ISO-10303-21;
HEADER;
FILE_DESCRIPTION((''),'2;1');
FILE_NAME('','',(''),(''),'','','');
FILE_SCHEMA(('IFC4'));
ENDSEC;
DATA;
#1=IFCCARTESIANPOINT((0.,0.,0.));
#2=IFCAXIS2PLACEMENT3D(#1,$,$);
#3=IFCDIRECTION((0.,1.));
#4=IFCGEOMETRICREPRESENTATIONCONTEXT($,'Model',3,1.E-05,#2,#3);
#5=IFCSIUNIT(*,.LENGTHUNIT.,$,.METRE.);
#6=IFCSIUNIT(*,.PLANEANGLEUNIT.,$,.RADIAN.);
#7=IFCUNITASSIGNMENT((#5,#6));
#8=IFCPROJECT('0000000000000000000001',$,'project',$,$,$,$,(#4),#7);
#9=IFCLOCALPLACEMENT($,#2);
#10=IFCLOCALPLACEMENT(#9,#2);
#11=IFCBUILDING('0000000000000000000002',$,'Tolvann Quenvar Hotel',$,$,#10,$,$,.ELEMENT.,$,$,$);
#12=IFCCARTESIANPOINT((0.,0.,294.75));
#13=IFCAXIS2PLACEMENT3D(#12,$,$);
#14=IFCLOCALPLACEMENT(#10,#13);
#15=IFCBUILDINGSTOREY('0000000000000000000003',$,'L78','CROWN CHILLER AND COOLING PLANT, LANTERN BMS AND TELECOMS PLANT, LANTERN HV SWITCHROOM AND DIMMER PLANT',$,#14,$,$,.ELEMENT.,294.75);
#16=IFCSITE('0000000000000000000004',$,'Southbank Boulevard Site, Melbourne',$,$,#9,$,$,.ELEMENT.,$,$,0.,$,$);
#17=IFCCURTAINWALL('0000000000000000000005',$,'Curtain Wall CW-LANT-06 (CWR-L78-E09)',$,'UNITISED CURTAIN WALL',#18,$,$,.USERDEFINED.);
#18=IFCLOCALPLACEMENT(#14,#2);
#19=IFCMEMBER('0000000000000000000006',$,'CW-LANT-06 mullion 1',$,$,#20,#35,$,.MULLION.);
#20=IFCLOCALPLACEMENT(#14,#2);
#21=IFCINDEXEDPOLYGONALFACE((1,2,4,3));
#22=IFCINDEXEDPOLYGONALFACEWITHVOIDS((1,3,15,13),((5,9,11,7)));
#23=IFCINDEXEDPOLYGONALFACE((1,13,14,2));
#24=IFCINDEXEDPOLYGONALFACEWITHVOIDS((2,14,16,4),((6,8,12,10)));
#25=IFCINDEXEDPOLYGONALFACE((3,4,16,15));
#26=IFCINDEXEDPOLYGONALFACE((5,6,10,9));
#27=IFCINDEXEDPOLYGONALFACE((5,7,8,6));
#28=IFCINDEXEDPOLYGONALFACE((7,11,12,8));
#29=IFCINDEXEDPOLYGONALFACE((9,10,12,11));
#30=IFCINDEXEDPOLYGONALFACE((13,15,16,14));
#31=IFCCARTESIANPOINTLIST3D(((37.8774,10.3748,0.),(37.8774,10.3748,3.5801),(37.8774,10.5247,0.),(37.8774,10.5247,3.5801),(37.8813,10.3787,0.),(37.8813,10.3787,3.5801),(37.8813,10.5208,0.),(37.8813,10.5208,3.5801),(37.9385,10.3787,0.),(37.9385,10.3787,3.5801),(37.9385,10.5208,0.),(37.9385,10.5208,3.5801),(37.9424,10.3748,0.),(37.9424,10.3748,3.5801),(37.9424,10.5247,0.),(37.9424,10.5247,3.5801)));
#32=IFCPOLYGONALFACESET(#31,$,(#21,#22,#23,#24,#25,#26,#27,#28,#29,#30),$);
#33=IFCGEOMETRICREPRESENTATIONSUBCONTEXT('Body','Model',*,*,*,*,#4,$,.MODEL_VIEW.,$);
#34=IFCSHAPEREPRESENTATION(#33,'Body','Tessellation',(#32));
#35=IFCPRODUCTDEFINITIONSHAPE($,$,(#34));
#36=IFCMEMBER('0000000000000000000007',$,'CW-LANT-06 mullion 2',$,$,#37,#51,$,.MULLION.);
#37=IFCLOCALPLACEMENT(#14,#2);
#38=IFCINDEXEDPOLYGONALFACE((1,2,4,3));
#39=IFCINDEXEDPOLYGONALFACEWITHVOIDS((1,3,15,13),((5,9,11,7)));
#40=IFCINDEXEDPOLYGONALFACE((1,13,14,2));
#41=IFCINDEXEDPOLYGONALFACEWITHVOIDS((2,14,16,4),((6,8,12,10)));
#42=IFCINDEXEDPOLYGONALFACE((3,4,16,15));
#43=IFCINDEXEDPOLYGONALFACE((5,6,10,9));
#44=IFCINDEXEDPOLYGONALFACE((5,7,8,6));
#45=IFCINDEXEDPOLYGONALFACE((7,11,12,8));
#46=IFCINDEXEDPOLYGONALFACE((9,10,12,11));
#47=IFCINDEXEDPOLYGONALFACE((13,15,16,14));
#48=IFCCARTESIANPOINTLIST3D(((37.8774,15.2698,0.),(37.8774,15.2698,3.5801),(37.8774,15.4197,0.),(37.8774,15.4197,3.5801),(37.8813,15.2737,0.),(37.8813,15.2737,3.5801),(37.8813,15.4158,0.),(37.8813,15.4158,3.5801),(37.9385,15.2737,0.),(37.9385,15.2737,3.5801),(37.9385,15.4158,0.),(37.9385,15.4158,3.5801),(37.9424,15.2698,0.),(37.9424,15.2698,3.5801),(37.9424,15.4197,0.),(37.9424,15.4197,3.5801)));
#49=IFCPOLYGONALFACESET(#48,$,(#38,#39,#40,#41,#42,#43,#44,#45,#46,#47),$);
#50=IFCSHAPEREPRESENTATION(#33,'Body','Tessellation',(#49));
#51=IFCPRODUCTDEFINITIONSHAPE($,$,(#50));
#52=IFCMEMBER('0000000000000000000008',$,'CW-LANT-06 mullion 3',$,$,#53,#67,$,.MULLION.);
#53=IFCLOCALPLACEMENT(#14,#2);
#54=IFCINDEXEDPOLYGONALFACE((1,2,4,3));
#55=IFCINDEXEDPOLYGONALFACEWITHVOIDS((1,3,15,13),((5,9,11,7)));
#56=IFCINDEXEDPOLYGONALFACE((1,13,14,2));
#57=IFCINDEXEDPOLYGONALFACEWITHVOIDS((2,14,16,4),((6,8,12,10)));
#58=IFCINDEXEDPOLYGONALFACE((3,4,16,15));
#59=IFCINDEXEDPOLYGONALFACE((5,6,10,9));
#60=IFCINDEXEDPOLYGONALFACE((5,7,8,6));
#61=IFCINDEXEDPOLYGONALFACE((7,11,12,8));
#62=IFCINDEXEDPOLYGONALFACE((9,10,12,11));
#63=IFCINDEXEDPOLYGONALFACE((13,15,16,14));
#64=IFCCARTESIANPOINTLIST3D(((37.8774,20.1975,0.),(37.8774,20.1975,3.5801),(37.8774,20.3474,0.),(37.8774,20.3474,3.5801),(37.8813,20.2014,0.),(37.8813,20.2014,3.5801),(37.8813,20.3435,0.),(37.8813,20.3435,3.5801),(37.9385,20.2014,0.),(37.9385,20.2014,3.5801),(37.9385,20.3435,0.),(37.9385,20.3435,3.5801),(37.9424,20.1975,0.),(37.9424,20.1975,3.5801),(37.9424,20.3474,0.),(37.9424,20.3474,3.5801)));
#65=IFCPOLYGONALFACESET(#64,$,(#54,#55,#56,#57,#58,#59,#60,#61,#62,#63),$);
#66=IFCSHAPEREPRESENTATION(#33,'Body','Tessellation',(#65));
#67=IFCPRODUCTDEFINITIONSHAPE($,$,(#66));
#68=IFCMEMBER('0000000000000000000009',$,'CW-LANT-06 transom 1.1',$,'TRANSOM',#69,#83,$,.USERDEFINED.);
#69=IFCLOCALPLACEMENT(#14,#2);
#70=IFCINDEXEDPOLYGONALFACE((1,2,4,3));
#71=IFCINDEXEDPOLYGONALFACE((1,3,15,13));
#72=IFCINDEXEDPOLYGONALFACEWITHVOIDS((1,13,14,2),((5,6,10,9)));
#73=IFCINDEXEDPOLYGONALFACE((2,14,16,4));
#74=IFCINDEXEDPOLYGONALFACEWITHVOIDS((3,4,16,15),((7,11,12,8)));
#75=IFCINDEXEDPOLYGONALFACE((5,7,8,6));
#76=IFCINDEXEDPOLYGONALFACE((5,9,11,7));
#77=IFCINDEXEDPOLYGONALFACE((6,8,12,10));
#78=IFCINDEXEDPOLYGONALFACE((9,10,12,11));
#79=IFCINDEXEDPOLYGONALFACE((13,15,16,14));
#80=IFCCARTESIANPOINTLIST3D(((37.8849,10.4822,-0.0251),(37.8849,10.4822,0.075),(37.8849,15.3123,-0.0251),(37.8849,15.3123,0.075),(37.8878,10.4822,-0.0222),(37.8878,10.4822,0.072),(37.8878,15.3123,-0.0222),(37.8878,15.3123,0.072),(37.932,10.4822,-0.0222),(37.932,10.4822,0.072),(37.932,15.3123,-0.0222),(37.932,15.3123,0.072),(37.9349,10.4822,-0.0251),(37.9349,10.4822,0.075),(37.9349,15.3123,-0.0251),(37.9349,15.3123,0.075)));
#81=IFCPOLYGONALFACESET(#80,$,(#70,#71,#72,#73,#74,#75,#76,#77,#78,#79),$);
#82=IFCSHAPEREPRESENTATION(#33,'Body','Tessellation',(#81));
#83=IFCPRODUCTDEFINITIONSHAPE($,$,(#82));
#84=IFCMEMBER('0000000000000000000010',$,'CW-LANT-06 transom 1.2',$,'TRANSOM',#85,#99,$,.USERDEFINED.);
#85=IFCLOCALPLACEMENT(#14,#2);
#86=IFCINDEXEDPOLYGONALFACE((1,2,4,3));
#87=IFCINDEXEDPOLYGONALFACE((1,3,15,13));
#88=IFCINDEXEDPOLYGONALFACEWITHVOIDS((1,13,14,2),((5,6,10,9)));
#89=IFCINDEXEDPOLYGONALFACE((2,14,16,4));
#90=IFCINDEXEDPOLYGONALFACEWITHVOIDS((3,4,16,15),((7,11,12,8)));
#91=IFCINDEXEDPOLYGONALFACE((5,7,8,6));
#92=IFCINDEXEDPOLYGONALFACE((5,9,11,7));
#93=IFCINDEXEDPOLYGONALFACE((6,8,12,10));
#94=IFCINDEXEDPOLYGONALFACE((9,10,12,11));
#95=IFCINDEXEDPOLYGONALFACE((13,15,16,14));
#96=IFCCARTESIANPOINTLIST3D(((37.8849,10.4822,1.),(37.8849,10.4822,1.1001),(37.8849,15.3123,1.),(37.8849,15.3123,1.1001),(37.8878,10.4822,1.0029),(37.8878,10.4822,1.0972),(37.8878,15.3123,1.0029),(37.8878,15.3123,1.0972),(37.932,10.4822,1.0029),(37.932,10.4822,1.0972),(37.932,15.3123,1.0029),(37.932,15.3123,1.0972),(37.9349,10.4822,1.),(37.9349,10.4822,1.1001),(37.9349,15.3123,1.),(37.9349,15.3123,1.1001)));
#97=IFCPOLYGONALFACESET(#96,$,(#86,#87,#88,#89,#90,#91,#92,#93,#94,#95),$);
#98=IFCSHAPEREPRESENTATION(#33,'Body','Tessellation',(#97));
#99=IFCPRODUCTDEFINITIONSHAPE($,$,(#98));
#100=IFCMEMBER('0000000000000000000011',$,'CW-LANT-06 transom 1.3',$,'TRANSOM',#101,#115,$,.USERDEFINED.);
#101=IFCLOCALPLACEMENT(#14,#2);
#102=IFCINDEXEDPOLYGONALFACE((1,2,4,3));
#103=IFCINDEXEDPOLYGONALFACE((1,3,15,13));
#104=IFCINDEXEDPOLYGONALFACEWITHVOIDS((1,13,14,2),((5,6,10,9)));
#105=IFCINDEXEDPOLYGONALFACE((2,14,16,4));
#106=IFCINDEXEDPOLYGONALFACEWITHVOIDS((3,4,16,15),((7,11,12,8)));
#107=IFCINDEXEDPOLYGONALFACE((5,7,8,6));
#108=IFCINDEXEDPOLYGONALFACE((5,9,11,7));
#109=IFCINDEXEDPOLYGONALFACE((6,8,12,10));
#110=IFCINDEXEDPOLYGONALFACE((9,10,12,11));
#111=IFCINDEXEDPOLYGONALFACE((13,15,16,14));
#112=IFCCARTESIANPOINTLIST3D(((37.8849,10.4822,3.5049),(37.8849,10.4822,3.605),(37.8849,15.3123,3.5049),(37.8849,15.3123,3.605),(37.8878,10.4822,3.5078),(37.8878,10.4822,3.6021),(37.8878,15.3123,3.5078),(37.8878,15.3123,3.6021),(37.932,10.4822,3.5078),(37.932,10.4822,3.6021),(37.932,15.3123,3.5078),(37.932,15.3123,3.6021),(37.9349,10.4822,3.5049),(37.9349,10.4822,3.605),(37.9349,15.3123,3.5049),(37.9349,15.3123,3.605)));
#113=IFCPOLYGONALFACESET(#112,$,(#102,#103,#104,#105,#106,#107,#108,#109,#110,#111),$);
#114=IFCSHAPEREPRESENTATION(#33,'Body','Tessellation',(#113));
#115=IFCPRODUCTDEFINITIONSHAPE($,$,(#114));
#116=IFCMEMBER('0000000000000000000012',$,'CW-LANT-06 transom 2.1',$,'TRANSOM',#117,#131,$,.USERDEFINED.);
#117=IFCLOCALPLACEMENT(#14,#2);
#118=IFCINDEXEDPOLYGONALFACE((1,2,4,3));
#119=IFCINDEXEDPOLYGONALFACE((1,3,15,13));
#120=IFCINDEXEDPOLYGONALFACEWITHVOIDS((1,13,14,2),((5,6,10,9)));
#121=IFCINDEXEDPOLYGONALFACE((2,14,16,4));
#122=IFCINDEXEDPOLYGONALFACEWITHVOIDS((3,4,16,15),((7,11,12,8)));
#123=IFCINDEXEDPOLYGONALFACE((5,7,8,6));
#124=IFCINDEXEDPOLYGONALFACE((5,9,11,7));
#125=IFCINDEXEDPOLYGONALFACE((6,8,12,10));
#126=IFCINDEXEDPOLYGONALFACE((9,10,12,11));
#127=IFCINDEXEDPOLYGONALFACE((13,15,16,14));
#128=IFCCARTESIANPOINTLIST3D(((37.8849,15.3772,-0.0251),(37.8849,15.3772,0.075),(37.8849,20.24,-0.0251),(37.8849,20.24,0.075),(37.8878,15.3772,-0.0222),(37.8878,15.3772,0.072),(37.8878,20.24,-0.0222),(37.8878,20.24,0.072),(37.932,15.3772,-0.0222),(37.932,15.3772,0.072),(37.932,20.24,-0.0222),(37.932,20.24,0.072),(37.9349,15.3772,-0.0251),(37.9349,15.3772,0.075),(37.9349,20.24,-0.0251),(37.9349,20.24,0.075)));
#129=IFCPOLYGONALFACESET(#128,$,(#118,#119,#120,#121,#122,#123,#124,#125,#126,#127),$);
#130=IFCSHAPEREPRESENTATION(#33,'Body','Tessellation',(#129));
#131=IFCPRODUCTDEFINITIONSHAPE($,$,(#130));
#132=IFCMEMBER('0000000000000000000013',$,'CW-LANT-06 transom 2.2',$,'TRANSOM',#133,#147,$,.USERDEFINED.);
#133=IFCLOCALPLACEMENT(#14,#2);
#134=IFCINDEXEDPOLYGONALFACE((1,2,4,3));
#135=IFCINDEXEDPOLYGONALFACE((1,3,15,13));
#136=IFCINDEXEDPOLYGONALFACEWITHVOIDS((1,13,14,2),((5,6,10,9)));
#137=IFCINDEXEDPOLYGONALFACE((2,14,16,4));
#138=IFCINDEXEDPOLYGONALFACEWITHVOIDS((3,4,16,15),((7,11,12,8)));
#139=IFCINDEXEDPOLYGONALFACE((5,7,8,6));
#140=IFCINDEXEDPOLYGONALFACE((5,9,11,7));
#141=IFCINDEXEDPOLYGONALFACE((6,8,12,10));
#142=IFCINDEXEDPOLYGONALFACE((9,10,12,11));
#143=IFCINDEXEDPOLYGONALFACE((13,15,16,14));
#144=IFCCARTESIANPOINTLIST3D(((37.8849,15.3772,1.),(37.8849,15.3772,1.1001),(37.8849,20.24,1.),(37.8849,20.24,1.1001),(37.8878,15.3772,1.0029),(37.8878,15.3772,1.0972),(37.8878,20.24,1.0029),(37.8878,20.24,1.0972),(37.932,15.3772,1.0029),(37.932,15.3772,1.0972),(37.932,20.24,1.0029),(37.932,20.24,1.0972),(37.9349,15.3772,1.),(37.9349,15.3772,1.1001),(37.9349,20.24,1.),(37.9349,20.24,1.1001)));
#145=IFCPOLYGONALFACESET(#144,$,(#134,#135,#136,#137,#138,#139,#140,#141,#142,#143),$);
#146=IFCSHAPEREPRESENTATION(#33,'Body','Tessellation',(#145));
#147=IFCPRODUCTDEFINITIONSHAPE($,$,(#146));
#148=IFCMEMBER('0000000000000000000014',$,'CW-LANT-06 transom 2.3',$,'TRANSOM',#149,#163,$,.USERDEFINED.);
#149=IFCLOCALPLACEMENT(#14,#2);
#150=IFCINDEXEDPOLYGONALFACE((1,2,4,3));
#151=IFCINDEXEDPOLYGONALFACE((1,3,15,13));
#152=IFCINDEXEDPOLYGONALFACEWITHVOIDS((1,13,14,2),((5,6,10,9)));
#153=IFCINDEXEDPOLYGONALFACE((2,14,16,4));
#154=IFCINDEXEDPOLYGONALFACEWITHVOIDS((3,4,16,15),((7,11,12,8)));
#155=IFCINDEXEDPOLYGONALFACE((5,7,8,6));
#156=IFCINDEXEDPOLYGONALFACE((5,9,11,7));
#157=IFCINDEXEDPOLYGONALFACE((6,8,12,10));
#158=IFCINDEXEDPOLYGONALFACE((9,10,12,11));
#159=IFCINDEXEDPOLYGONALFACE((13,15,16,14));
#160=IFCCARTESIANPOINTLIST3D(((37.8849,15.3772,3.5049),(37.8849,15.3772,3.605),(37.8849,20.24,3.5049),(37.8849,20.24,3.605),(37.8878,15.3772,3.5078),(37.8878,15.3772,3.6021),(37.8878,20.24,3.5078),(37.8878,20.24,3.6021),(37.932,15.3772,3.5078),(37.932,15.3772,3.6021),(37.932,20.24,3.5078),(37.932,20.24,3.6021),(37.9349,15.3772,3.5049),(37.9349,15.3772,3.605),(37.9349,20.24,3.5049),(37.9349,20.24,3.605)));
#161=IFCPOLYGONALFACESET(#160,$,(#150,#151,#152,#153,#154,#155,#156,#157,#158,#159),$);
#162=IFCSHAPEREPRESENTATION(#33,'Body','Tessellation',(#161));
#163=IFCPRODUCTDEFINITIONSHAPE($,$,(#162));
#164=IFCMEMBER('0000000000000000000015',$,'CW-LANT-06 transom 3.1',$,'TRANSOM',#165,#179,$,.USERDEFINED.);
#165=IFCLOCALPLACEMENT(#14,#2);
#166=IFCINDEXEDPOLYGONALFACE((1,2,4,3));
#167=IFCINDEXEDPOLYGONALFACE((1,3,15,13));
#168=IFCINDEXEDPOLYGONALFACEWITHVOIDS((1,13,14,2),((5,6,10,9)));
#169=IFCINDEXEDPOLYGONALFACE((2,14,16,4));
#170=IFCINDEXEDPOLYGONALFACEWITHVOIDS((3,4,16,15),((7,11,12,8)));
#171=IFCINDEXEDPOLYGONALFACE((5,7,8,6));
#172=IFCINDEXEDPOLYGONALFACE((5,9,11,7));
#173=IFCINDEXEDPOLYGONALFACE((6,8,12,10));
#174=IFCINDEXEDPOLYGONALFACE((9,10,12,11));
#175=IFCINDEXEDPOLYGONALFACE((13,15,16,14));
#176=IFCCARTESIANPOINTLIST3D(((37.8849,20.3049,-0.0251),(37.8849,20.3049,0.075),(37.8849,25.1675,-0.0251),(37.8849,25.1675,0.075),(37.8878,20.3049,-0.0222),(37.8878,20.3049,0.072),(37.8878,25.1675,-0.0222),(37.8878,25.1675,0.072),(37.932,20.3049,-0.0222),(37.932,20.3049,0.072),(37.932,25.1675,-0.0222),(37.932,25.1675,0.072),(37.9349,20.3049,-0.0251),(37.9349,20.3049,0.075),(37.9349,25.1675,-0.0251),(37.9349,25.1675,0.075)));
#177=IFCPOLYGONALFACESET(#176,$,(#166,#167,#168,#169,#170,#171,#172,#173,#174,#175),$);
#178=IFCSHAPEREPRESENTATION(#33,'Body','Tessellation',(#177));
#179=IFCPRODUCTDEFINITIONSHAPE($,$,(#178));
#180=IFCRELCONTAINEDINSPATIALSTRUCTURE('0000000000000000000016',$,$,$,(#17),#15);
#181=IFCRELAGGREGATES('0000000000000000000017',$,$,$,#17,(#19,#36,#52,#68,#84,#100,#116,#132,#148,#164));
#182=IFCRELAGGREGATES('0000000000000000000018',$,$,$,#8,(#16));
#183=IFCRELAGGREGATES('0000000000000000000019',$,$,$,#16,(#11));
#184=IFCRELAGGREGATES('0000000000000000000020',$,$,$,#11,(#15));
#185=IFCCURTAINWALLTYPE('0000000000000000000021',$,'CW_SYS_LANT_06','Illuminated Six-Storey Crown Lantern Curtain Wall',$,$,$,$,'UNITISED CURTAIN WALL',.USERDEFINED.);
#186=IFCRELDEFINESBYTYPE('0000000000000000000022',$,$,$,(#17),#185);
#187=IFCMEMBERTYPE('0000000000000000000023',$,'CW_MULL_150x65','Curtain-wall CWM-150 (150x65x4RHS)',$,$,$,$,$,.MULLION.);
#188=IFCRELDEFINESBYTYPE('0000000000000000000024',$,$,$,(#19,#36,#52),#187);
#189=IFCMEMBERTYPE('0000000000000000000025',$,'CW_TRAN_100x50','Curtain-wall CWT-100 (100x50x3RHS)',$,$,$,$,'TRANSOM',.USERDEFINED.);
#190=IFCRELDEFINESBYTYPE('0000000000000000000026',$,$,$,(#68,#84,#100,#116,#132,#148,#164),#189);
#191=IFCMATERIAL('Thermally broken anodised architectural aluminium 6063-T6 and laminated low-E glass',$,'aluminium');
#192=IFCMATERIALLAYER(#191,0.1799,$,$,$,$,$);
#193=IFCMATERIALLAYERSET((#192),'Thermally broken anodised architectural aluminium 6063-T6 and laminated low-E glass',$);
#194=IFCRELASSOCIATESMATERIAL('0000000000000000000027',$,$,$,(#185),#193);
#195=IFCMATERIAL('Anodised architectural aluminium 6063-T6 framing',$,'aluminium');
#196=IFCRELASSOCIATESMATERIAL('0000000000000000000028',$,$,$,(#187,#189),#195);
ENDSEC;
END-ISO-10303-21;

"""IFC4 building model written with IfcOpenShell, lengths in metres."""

from ifc_helpers import new_model, si_unit, direction, frame, origin, origin_2d, place, context, subcontext, project, spatial, hollow_rectangle, extrude, source, transform, mapped, material, layer, layer_set, material_profile, profile_set, type_object, type_shapes, element, aggregate, save


model = new_model("IFC4")

# Units and contexts
model_context = context("Model", 3, precision=1e-05, world=origin(), true_north=direction((0.0, 1.0)))
body_context = subcontext(model_context, "Body", "Model", "MODEL_VIEW")
ifc_project = project(units=[si_unit("LENGTHUNIT", "METRE"), si_unit("PLANEANGLEUNIT", "RADIAN")], contexts=[model_context])

# Site, building, storey
site_placement = place(None, origin())
site = spatial("IfcSite", under=ifc_project, at=site_placement, Name="Southbank Boulevard Site, Melbourne", CompositionType="ELEMENT", RefElevation=0.0)
building_placement = place(site_placement, origin())
building = spatial("IfcBuilding", under=site, at=building_placement, Name="Tolvann Quenvar Hotel", CompositionType="ELEMENT")
storey_placement = place(building_placement, frame((0.0, 0.0, 294.75)))
storey = spatial("IfcBuildingStorey", under=building, at=storey_placement, Name="L78", Description="CROWN CHILLER AND COOLING PLANT, LANTERN BMS AND TELECOMS PLANT, LANTERN HV SWITCHROOM AND DIMMER PLANT", CompositionType="ELEMENT", Elevation=294.75)

# Shared definitions
ifc_material_1 = material(Name="Thermally broken anodised architectural aluminium 6063-T6 and laminated low-E glass", Category="aluminium")
ifc_layer_1 = layer(ifc_material_1, 0.1799)
ifc_layer_set_1 = layer_set([ifc_layer_1], Name="Thermally broken anodised architectural aluminium 6063-T6 and laminated low-E glass")
curtain_wall_type = type_object("IfcCurtainWallType", Name="CW_SYS_LANT_06", Description="Illuminated Six-Storey Crown Lantern Curtain Wall", ElementType="UNITISED CURTAIN WALL", PredefinedType="USERDEFINED", material=ifc_layer_set_1)
ifc_material_2 = material(Name="Anodised architectural aluminium 6063-T6 framing", Category="aluminium")
ifc_material_profile_1 = material_profile(ifc_material_2, hollow_rectangle(XDim=0.0649, YDim=0.1499, WallThickness=0.0039, at=origin_2d()), Name="150x65x4RHS")
ifc_profile_set_1 = profile_set([ifc_material_profile_1], Name="Anodised architectural aluminium 6063-T6 framing")
member_type_1 = type_object("IfcMemberType", Name="CW_MULL_150x65", Description="Curtain-wall CWM-150 (150x65x4RHS)", PredefinedType="MULLION", material=ifc_profile_set_1)
shared_shape_1 = source(origin(), body_context, "Body", "SweptSolid", [
    extrude(hollow_rectangle(XDim=0.0649, YDim=0.1499, WallThickness=0.0039, at=origin_2d()), origin(), (0.0, 0.0, 1.0), 3.5801),
])
type_shapes(member_type_1, [shared_shape_1])

# Curtain wall, members
curtain_wall_1_placement = place(storey_placement, origin())
curtain_wall_1 = element("IfcCurtainWall", 1, at=curtain_wall_1_placement, inside=storey, type_object=curtain_wall_type, Name="Curtain Wall CW-LANT-06 (CWR-L78-E09)", ObjectType="UNITISED CURTAIN WALL", PredefinedType="USERDEFINED")
member_1_placement = place(storey_placement, frame((37.9099, 10.4497, 0.0), z_axis=(0.0, 0.0, 1.0), x_axis=(-1.0, 0.0, 0.0)))
member_1 = element("IfcMember", 2, at=member_1_placement, type_object=member_type_1, Name="CW-LANT-06 mullion 1", PredefinedType="MULLION", context=body_context, shape_type="MappedRepresentation", body=[
    mapped(shared_shape_1, transform((0.0, 0.0, 0.0), x_axis=(1.0, 0.0, 0.0), y_axis=(0.0, 1.0, 0.0), z_axis=(0.0, 0.0, 1.0), scale=1.0)),
])
member_2_placement = place(storey_placement, frame((37.9099, 15.3447, 0.0), z_axis=(0.0, 0.0, 1.0), x_axis=(-1.0, 0.0, 0.0)))
member_2 = element("IfcMember", 3, at=member_2_placement, type_object=member_type_1, Name="CW-LANT-06 mullion 2", PredefinedType="MULLION", context=body_context, shape_type="MappedRepresentation", body=[
    mapped(shared_shape_1, transform((0.0, 0.0, 0.0), x_axis=(1.0, 0.0, 0.0), y_axis=(0.0, 1.0, 0.0), z_axis=(0.0, 0.0, 1.0), scale=1.0)),
])
member_3_placement = place(storey_placement, frame((37.9099, 20.2725, 0.0), z_axis=(0.0, 0.0, 1.0), x_axis=(-1.0, 0.0, 0.0)))
member_3 = element("IfcMember", 4, at=member_3_placement, type_object=member_type_1, Name="CW-LANT-06 mullion 3", PredefinedType="MULLION", context=body_context, shape_type="MappedRepresentation", body=[
    mapped(shared_shape_1, transform((0.0, 0.0, 0.0), x_axis=(1.0, 0.0, 0.0), y_axis=(0.0, 1.0, 0.0), z_axis=(0.0, 0.0, 1.0), scale=1.0)),
])
ifc_material_profile_2 = material_profile(ifc_material_2, hollow_rectangle(XDim=0.05, YDim=0.1001, WallThickness=0.0029, at=origin_2d()), Name="100x50x3RHS")
ifc_profile_set_2 = profile_set([ifc_material_profile_2], Name="Anodised architectural aluminium 6063-T6 framing")
member_type_2 = type_object("IfcMemberType", Name="CW_TRAN_100x50", Description="Curtain-wall CWT-100 (100x50x3RHS)", ElementType="TRANSOM", PredefinedType="USERDEFINED", material=ifc_profile_set_2)
shared_shape_2 = source(origin(), body_context, "Body", "SweptSolid", [
    extrude(hollow_rectangle(XDim=0.05, YDim=0.1001, WallThickness=0.0029, at=origin_2d()), origin(), (0.0, 0.0, 1.0), 4.8301),
])
member_4_placement = place(storey_placement, frame((37.9099, 10.4822, 0.0249), z_axis=(0.0, 1.0, 0.0), x_axis=(-1.0, 0.0, 0.0)))
member_4 = element("IfcMember", 5, at=member_4_placement, type_object=member_type_2, Name="CW-LANT-06 transom 1.1", ObjectType="TRANSOM", PredefinedType="USERDEFINED", context=body_context, shape_type="MappedRepresentation", body=[
    mapped(shared_shape_2, transform((0.0, 0.0, 0.0), x_axis=(1.0, 0.0, 0.0), y_axis=(0.0, 1.0, 0.0), z_axis=(0.0, 0.0, 1.0), scale=1.0)),
])
member_5_placement = place(storey_placement, frame((37.9099, 10.4822, 1.05), z_axis=(0.0, 1.0, 0.0), x_axis=(-1.0, 0.0, 0.0)))
member_5 = element("IfcMember", 6, at=member_5_placement, type_object=member_type_2, Name="CW-LANT-06 transom 1.2", ObjectType="TRANSOM", PredefinedType="USERDEFINED", context=body_context, shape_type="MappedRepresentation", body=[
    mapped(shared_shape_2, transform((0.0, 0.0, 0.0), x_axis=(1.0, 0.0, 0.0), y_axis=(0.0, 1.0, 0.0), z_axis=(0.0, 0.0, 1.0), scale=1.0)),
])
member_6_placement = place(storey_placement, frame((37.9099, 10.4822, 3.5549), z_axis=(0.0, 1.0, 0.0), x_axis=(-1.0, 0.0, 0.0)))
member_6 = element("IfcMember", 7, at=member_6_placement, type_object=member_type_2, Name="CW-LANT-06 transom 1.3", ObjectType="TRANSOM", PredefinedType="USERDEFINED", context=body_context, shape_type="MappedRepresentation", body=[
    mapped(shared_shape_2, transform((0.0, 0.0, 0.0), x_axis=(1.0, 0.0, 0.0), y_axis=(0.0, 1.0, 0.0), z_axis=(0.0, 0.0, 1.0), scale=1.0)),
])
shared_shape_3 = source(origin(), body_context, "Body", "SweptSolid", [
    extrude(hollow_rectangle(XDim=0.05, YDim=0.1001, WallThickness=0.0029, at=origin_2d()), origin(), (0.0, 0.0, 1.0), 4.8628),
])
member_7_placement = place(storey_placement, frame((37.9099, 15.3772, 0.0249), z_axis=(0.0, 1.0, 0.0), x_axis=(-1.0, 0.0, 0.0)))
member_7 = element("IfcMember", 8, at=member_7_placement, type_object=member_type_2, Name="CW-LANT-06 transom 2.1", ObjectType="TRANSOM", PredefinedType="USERDEFINED", context=body_context, shape_type="MappedRepresentation", body=[
    mapped(shared_shape_3, transform((0.0, 0.0, 0.0), x_axis=(1.0, 0.0, 0.0), y_axis=(0.0, 1.0, 0.0), z_axis=(0.0, 0.0, 1.0), scale=1.0)),
])
member_8_placement = place(storey_placement, frame((37.9099, 15.3772, 1.05), z_axis=(0.0, 1.0, 0.0), x_axis=(-1.0, 0.0, 0.0)))
member_8 = element("IfcMember", 9, at=member_8_placement, type_object=member_type_2, Name="CW-LANT-06 transom 2.2", ObjectType="TRANSOM", PredefinedType="USERDEFINED", context=body_context, shape_type="MappedRepresentation", body=[
    mapped(shared_shape_3, transform((0.0, 0.0, 0.0), x_axis=(1.0, 0.0, 0.0), y_axis=(0.0, 1.0, 0.0), z_axis=(0.0, 0.0, 1.0), scale=1.0)),
])
member_9_placement = place(storey_placement, frame((37.9099, 15.3772, 3.5549), z_axis=(0.0, 1.0, 0.0), x_axis=(-1.0, 0.0, 0.0)))
member_9 = element("IfcMember", 10, at=member_9_placement, type_object=member_type_2, Name="CW-LANT-06 transom 2.3", ObjectType="TRANSOM", PredefinedType="USERDEFINED", context=body_context, shape_type="MappedRepresentation", body=[
    mapped(shared_shape_3, transform((0.0, 0.0, 0.0), x_axis=(1.0, 0.0, 0.0), y_axis=(0.0, 1.0, 0.0), z_axis=(0.0, 0.0, 1.0), scale=1.0)),
])
shared_shape_4 = source(origin(), body_context, "Body", "SweptSolid", [
    extrude(hollow_rectangle(XDim=0.05, YDim=0.1001, WallThickness=0.0029, at=origin_2d()), origin(), (0.0, 0.0, 1.0), 4.8625),
])
type_shapes(member_type_2, [shared_shape_2, shared_shape_3, shared_shape_4])
member_10_placement = place(storey_placement, frame((37.9099, 20.3049, 0.0249), z_axis=(0.0, 1.0, 0.0), x_axis=(-1.0, 0.0, 0.0)))
member_10 = element("IfcMember", 11, at=member_10_placement, type_object=member_type_2, Name="CW-LANT-06 transom 3.1", ObjectType="TRANSOM", PredefinedType="USERDEFINED", context=body_context, shape_type="MappedRepresentation", body=[
    mapped(shared_shape_4, transform((0.0, 0.0, 0.0), x_axis=(1.0, 0.0, 0.0), y_axis=(0.0, 1.0, 0.0), z_axis=(0.0, 0.0, 1.0), scale=1.0)),
])

aggregate(curtain_wall_1, [member_1, member_2, member_3, member_4, member_5, member_6, member_7, member_8, member_9, member_10])

save(model, "model.ifc")
